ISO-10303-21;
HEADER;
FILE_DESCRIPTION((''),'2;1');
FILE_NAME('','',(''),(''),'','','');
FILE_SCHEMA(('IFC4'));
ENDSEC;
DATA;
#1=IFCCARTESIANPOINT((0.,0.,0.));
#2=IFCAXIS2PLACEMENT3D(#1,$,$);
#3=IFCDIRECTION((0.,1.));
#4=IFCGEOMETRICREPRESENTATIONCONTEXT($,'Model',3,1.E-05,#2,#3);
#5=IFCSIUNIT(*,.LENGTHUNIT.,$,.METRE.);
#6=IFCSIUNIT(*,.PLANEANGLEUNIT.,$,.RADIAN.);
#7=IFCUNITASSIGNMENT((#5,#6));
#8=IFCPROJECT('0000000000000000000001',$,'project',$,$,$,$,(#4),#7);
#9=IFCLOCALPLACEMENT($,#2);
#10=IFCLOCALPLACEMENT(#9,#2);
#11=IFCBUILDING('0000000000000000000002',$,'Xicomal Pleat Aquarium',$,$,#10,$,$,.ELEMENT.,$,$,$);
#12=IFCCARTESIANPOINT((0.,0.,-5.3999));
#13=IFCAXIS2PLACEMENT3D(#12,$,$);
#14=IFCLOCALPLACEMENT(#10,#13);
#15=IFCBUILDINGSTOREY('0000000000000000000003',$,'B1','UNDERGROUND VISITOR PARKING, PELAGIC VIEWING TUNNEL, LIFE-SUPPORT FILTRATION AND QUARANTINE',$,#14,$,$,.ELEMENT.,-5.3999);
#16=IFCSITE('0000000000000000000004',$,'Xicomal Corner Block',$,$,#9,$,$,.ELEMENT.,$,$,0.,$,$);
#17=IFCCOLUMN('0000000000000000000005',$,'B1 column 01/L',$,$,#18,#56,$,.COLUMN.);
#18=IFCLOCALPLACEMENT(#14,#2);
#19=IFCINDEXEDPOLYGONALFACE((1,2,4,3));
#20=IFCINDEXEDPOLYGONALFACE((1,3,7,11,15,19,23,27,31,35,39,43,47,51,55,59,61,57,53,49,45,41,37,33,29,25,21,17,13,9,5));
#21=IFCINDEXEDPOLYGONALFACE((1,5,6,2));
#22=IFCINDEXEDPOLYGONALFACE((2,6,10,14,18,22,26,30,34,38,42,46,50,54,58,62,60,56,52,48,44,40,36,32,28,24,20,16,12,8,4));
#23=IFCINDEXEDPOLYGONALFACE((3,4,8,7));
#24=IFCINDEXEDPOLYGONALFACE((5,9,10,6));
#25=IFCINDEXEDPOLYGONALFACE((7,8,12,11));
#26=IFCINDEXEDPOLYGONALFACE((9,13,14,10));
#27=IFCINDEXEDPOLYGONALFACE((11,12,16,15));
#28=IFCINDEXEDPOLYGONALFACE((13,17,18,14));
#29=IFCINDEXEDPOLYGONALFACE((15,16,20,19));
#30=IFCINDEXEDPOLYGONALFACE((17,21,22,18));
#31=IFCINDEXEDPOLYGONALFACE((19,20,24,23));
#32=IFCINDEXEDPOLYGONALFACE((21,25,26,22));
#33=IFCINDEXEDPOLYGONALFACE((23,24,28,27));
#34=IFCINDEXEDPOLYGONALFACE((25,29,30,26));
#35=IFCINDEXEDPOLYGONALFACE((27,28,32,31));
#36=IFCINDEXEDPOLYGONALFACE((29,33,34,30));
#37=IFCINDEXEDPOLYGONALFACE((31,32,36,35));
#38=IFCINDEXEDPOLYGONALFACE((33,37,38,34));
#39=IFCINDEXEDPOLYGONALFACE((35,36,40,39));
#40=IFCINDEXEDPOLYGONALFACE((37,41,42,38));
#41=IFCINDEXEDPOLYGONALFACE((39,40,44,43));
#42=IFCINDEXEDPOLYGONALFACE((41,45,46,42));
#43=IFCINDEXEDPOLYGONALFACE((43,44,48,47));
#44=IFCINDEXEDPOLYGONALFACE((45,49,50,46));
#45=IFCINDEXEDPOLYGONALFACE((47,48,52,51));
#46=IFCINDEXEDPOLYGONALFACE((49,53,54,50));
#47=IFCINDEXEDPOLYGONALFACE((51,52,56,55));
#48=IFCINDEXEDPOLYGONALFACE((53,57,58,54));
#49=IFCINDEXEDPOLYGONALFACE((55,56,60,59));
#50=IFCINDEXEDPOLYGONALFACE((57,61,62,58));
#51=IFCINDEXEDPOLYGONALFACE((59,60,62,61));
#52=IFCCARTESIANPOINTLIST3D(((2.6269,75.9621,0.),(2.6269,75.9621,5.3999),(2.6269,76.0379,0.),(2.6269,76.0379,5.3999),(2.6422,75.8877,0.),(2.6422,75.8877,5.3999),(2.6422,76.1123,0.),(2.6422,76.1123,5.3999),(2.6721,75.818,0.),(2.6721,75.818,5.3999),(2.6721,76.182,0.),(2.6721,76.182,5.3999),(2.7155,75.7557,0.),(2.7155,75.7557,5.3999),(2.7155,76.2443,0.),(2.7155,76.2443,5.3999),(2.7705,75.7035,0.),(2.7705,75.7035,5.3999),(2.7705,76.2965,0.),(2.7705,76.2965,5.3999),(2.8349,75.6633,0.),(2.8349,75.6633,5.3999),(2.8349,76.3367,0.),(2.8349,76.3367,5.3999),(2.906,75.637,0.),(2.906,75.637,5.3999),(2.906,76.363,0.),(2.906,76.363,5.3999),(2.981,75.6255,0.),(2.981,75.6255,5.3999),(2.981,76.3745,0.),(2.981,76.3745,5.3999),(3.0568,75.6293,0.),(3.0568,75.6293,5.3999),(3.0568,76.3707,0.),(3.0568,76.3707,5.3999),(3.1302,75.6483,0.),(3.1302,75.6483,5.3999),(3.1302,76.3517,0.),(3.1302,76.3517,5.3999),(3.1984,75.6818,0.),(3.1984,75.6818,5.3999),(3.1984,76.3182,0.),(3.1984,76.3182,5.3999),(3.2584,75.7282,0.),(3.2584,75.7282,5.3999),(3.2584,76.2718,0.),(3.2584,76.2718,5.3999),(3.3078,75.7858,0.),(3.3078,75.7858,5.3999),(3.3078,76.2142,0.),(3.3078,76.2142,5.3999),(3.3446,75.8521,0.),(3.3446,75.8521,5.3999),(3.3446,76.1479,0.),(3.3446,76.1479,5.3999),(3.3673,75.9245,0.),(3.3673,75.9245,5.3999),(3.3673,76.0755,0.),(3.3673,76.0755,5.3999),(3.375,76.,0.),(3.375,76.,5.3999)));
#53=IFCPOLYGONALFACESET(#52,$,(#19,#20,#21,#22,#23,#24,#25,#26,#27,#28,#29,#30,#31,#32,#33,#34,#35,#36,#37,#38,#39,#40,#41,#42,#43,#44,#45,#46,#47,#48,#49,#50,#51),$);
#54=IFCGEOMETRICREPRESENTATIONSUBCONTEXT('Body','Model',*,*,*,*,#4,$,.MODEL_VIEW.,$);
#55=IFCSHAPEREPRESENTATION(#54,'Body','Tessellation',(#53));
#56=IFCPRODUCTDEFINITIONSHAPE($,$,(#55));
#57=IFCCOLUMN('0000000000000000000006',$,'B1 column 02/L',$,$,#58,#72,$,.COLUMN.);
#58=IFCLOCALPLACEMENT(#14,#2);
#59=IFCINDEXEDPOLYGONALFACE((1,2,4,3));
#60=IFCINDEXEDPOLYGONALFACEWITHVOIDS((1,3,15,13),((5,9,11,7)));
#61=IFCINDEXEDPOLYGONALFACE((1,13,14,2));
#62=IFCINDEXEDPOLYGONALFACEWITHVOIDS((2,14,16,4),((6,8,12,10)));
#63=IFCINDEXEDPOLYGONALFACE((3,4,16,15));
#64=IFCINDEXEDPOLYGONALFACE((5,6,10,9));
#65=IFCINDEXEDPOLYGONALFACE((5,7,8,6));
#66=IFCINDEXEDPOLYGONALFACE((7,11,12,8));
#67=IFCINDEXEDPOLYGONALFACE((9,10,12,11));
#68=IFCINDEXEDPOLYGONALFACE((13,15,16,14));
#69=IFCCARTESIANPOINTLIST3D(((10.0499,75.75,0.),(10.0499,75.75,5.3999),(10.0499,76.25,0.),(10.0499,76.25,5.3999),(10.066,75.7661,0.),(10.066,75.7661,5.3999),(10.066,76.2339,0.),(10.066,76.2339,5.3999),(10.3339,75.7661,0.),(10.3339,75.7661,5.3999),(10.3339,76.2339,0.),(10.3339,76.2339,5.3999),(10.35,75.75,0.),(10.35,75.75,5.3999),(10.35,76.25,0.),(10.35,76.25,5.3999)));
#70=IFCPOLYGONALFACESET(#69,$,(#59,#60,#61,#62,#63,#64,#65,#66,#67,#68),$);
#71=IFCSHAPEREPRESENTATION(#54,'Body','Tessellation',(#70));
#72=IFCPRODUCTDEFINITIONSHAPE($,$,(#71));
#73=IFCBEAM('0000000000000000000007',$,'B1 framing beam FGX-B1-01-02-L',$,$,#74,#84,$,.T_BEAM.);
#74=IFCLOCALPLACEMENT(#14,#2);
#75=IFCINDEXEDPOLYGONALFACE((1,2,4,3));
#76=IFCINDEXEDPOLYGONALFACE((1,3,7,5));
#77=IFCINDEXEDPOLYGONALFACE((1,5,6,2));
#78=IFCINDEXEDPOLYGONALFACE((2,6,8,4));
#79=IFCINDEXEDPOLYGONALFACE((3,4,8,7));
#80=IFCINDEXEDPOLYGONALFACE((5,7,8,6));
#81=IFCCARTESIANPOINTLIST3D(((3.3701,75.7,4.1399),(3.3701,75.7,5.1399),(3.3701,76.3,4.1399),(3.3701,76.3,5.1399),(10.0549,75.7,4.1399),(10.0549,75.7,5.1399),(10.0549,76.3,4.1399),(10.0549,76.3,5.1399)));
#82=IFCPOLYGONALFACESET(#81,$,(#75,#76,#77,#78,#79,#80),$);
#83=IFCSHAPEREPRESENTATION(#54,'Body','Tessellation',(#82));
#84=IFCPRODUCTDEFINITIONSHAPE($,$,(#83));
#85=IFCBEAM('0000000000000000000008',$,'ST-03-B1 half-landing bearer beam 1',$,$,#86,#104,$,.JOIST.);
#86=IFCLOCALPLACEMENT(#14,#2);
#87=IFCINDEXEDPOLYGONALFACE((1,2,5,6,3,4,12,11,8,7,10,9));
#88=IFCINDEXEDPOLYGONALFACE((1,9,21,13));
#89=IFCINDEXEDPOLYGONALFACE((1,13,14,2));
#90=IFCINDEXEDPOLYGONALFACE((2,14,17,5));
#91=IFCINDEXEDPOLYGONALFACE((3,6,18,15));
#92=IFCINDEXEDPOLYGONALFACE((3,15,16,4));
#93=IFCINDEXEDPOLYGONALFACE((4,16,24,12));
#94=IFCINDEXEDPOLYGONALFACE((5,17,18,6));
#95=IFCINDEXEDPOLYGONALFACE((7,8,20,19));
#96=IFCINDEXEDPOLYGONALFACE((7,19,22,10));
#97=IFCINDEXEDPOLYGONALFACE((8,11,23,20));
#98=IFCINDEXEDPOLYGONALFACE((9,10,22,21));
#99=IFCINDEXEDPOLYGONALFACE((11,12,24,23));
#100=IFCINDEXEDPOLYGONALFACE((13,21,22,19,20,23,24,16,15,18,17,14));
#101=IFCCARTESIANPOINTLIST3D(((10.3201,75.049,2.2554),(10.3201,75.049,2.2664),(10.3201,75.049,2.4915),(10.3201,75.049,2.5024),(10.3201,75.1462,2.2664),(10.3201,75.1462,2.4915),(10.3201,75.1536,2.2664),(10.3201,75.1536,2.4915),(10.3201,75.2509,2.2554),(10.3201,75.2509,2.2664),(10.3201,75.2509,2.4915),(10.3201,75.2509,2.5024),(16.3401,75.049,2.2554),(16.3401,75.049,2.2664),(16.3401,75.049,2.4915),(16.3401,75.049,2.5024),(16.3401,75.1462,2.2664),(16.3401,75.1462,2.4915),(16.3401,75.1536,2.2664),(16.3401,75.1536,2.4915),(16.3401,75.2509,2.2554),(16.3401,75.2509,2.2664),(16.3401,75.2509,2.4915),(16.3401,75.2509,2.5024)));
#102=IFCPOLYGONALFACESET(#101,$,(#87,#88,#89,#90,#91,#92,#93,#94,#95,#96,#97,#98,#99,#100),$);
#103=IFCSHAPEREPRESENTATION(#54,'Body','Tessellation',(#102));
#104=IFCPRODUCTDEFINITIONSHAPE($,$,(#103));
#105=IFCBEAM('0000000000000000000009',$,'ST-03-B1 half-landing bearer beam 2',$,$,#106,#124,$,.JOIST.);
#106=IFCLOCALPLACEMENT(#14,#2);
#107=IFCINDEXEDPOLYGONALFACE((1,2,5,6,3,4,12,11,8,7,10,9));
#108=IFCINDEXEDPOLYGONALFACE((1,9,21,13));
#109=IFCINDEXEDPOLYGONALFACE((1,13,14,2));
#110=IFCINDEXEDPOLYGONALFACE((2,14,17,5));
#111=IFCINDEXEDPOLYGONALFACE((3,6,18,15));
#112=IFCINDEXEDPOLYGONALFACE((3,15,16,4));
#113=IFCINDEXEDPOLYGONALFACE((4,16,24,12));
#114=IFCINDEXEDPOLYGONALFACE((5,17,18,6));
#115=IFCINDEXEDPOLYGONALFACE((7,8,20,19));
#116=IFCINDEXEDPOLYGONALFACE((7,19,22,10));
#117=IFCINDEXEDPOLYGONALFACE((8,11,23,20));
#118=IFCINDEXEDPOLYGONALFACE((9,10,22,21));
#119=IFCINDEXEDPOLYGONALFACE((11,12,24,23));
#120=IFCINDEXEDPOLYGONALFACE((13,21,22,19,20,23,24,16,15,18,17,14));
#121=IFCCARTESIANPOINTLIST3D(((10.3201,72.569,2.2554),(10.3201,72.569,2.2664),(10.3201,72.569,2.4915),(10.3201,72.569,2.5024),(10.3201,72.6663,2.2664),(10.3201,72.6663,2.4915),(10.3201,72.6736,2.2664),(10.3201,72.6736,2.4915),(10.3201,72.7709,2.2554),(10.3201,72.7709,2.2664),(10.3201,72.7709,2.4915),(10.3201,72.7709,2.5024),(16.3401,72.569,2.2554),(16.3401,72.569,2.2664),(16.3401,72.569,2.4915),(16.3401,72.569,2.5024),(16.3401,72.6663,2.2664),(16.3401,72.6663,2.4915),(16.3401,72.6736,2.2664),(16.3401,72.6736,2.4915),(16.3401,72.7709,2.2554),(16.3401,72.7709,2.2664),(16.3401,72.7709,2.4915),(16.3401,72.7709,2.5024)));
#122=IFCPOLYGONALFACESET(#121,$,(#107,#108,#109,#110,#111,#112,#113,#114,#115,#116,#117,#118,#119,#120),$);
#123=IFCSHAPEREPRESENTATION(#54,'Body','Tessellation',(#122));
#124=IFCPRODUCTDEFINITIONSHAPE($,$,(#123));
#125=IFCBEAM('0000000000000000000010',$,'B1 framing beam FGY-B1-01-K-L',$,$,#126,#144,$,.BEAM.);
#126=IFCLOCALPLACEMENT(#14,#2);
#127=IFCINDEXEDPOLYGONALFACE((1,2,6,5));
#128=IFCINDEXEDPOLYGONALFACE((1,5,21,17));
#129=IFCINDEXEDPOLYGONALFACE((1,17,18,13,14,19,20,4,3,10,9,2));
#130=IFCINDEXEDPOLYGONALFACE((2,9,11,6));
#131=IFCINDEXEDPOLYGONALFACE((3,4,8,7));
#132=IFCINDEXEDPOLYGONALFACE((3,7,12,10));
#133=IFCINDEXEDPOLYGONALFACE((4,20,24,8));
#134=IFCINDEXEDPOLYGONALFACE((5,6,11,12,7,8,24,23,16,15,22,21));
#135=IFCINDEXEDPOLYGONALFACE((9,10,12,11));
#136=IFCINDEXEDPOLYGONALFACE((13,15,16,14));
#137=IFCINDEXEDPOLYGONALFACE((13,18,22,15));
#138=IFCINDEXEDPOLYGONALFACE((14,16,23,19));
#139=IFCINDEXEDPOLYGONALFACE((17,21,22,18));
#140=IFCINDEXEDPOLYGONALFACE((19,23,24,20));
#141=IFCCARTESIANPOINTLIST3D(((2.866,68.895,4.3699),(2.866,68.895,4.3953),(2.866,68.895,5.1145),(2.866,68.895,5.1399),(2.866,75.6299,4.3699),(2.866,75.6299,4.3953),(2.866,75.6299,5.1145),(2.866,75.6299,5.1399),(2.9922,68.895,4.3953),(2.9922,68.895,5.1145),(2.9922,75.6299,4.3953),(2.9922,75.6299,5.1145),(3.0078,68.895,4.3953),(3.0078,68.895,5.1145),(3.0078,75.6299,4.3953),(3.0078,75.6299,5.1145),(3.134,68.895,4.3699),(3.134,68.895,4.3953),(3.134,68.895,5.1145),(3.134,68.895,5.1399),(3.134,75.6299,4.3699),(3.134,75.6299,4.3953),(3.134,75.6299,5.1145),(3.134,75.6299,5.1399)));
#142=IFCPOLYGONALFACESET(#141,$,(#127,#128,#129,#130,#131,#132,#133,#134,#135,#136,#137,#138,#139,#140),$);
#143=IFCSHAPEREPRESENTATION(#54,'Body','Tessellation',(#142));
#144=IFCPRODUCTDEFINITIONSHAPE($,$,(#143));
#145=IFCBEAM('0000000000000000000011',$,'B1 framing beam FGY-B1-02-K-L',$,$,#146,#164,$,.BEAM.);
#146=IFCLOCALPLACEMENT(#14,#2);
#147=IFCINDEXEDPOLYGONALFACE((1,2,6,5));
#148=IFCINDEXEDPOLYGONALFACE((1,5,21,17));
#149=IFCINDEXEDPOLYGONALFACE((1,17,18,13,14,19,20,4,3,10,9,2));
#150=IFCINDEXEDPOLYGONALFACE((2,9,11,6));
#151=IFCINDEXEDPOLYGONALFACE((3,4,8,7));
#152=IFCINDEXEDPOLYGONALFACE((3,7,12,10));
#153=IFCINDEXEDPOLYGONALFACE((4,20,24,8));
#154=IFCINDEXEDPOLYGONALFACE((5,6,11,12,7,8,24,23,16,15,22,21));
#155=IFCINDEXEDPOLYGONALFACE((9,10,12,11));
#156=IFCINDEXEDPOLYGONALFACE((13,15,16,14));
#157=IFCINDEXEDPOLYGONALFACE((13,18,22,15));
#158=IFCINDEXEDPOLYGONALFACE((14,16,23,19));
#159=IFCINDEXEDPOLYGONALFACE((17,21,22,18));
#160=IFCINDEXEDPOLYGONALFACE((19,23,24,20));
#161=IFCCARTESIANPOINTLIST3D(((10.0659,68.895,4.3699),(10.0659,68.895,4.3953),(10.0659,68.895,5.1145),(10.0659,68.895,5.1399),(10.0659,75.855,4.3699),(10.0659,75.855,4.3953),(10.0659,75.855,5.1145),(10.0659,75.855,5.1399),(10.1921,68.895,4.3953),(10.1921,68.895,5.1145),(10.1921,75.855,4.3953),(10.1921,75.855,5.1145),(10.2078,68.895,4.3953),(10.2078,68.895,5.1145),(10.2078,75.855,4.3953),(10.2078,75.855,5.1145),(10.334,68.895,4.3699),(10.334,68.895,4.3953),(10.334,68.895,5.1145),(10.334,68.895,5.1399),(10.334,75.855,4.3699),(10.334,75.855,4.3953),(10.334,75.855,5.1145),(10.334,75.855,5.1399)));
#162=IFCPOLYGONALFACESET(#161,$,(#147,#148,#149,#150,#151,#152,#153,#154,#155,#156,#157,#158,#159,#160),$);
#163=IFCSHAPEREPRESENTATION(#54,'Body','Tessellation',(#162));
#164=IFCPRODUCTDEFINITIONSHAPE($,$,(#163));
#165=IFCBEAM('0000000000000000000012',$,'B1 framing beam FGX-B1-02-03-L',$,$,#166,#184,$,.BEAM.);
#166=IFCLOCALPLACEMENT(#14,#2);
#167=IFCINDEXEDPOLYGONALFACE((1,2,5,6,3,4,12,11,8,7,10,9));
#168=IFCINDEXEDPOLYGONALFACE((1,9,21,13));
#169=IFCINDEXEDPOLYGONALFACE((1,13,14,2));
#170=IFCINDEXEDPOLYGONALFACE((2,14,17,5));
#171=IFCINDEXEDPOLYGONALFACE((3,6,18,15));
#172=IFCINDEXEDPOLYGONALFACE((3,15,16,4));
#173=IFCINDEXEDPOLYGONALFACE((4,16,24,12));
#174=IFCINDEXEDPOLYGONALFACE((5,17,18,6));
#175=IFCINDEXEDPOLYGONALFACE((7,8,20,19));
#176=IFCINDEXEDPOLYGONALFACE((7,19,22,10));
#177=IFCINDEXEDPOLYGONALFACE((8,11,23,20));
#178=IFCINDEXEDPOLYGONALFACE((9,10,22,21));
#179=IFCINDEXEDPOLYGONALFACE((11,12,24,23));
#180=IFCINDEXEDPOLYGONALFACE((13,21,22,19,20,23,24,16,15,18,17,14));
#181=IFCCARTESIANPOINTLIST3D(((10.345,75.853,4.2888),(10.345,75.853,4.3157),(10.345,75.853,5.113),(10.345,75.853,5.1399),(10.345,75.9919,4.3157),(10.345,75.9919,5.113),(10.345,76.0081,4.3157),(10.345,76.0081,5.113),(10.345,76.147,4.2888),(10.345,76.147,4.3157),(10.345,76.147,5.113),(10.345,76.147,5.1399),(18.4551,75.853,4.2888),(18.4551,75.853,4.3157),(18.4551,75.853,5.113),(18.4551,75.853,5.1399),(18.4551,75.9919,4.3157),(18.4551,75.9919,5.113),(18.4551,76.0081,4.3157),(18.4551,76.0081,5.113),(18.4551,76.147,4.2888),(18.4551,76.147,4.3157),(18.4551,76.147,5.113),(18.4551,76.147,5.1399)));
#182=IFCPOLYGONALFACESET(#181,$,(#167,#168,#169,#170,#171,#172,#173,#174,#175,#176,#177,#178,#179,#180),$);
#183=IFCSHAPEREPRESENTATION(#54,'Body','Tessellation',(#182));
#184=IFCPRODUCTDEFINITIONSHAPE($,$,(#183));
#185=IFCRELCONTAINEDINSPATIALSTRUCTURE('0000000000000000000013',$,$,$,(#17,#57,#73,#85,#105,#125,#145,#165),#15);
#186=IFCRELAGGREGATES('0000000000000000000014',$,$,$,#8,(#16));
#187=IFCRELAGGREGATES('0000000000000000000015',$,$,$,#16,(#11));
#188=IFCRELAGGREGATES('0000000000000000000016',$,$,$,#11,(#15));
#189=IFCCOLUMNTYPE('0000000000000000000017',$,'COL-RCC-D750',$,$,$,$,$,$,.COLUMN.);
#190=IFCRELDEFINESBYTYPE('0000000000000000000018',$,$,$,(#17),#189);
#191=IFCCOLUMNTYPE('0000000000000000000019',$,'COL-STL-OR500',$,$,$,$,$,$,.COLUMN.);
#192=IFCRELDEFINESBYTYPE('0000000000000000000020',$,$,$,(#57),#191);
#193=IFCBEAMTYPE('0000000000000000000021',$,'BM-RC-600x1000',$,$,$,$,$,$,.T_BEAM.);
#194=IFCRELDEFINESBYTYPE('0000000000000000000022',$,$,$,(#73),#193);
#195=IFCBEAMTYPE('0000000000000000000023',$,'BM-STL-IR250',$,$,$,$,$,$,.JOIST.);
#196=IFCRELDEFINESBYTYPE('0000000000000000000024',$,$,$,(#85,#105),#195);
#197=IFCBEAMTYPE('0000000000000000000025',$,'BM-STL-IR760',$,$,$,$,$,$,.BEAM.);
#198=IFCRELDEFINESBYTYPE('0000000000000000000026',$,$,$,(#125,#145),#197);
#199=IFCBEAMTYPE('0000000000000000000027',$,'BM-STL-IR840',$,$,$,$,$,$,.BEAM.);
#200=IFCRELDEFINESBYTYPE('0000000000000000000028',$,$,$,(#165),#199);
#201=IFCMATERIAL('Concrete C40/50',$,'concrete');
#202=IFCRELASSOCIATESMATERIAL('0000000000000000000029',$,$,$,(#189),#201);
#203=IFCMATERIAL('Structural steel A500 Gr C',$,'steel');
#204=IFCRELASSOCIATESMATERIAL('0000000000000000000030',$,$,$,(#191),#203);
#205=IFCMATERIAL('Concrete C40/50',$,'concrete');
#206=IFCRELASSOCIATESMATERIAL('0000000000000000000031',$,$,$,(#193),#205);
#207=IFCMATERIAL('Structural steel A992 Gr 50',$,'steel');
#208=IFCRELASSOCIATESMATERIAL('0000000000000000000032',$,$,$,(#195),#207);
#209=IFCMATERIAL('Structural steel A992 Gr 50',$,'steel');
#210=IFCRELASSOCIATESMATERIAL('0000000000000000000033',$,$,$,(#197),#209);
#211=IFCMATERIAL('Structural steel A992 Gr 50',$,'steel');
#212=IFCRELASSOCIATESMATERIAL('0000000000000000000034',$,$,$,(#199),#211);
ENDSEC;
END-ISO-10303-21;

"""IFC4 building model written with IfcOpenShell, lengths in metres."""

from ifc_helpers import new_model, si_unit, direction, frame, origin, origin_2d, place, context, subcontext, project, spatial, rectangle, hollow_rectangle, circle, i_section, extrude, material, material_profile, profile_set, type_object, element, save


model = new_model("IFC4")

# Units and contexts
model_context = context("Model", 3, precision=1e-05, world=origin(), true_north=direction((0.0, 1.0)))
body_context = subcontext(model_context, "Body", "Model", "MODEL_VIEW")
ifc_project = project(units=[si_unit("LENGTHUNIT", "METRE"), si_unit("PLANEANGLEUNIT", "RADIAN")], contexts=[model_context])

# Site, building, storey
site_placement = place(None, origin())
site = spatial("IfcSite", under=ifc_project, at=site_placement, Name="Xicomal Corner Block", CompositionType="ELEMENT", RefElevation=0.0)
building_placement = place(site_placement, origin())
building = spatial("IfcBuilding", under=site, at=building_placement, Name="Xicomal Pleat Aquarium", CompositionType="ELEMENT")
storey_placement = place(building_placement, frame((0.0, 0.0, -5.3999)))
storey = spatial("IfcBuildingStorey", under=building, at=storey_placement, Name="B1", Description="UNDERGROUND VISITOR PARKING, PELAGIC VIEWING TUNNEL, LIFE-SUPPORT FILTRATION AND QUARANTINE", CompositionType="ELEMENT", Elevation=-5.3999)

# Columns
ifc_material_1 = material(Name="Concrete C40/50", Category="concrete")
ifc_material_profile_1 = material_profile(ifc_material_1, circle(Radius=0.375, at=origin_2d()), Name="RCC D750")
ifc_profile_set_1 = profile_set([ifc_material_profile_1], Name="Concrete C40/50")
column_type_1 = type_object("IfcColumnType", Name="COL-RCC-D750", PredefinedType="COLUMN", material=ifc_profile_set_1)
column_1_placement = place(storey_placement, frame((3.0, 76.0, 0.0), z_axis=(0.0, 0.0, 1.0), x_axis=(1.0, 0.0, 0.0)))
element("IfcColumn", 1, at=column_1_placement, inside=storey, type_object=column_type_1, Name="B1 column 01/L", PredefinedType="COLUMN", context=body_context, shape_type="SweptSolid", body=[
    extrude(circle(Radius=0.375, at=origin_2d()), origin(), (0.0, 0.0, 1.0), 5.3999),
])
ifc_material_2 = material(Name="Structural steel A500 Gr C", Category="steel")
ifc_material_profile_2 = material_profile(ifc_material_2, hollow_rectangle(XDim=0.3, YDim=0.5, WallThickness=0.0161, at=origin_2d()), Name="OR 500x300x16")
ifc_profile_set_2 = profile_set([ifc_material_profile_2], Name="Structural steel A500 Gr C")
column_type_2 = type_object("IfcColumnType", Name="COL-STL-OR500", PredefinedType="COLUMN", material=ifc_profile_set_2)
column_2_placement = place(storey_placement, frame((10.2, 76.0, 0.0), z_axis=(0.0, 0.0, 1.0), x_axis=(1.0, 0.0, 0.0)))
element("IfcColumn", 2, at=column_2_placement, inside=storey, type_object=column_type_2, Name="B1 column 02/L", PredefinedType="COLUMN", context=body_context, shape_type="SweptSolid", body=[
    extrude(hollow_rectangle(XDim=0.3, YDim=0.5, WallThickness=0.0161, at=origin_2d()), origin(), (0.0, 0.0, 1.0), 5.3999),
])

# Beams
ifc_material_3 = material(Name="Concrete C40/50", Category="concrete")
ifc_material_profile_3 = material_profile(ifc_material_3, rectangle(XDim=0.6001, YDim=1.0, at=origin_2d()), Name="RC 600x1000")
ifc_profile_set_3 = profile_set([ifc_material_profile_3], Name="Concrete C40/50")
beam_type_1 = type_object("IfcBeamType", Name="BM-RC-600x1000", PredefinedType="T_BEAM", material=ifc_profile_set_3)
beam_1_placement = place(storey_placement, frame((3.3701, 76.0, 4.6399), z_axis=(1.0, 0.0, 0.0), x_axis=(0.0, 1.0, 0.0)))
element("IfcBeam", 3, at=beam_1_placement, inside=storey, type_object=beam_type_1, Name="B1 framing beam FGX-B1-01-02-L", PredefinedType="T_BEAM", context=body_context, shape_type="SweptSolid", body=[
    extrude(rectangle(XDim=0.6001, YDim=1.0, at=origin_2d()), origin(), (0.0, 0.0, 1.0), 6.6848),
])
ifc_material_4 = material(Name="Structural steel A992 Gr 50", Category="steel")
ifc_material_profile_4 = material_profile(ifc_material_4, i_section(OverallWidth=0.2019, OverallDepth=0.2471, WebThickness=0.0073, FlangeThickness=0.011, at=origin_2d()), Name="IR 250x49")
ifc_profile_set_4 = profile_set([ifc_material_profile_4], Name="Structural steel A992 Gr 50")
beam_type_2 = type_object("IfcBeamType", Name="BM-STL-IR250", PredefinedType="JOIST", material=ifc_profile_set_4)
for number, where, z_axis, x_axis, name in (
    (4, (10.3201, 75.1499, 2.3789), (1.0, 0.0, 0.0), (0.0, 1.0, 0.0), "ST-03-B1 half-landing bearer beam 1"),
    (5, (10.3201, 72.6699, 2.3789), (1.0, 0.0, 0.0), (0.0, 1.0, 0.0), "ST-03-B1 half-landing bearer beam 2"),
):
    element("IfcBeam", number, at=place(storey_placement, frame(where, z_axis=z_axis, x_axis=x_axis)), inside=storey, type_object=beam_type_2, Name=name, PredefinedType="JOIST", context=body_context, shape_type="SweptSolid", body=[
        extrude(i_section(OverallWidth=0.2019, OverallDepth=0.2471, WebThickness=0.0073, FlangeThickness=0.011, at=origin_2d()), origin(), (0.0, 0.0, 1.0), 6.02),
    ])
ifc_material_5 = material(Name="Structural steel A992 Gr 50", Category="steel")
ifc_material_profile_5 = material_profile(ifc_material_5, i_section(OverallWidth=0.2681, OverallDepth=0.77, WebThickness=0.0156, FlangeThickness=0.0254, at=origin_2d()), Name="IR 760x196")
ifc_profile_set_5 = profile_set([ifc_material_profile_5], Name="Structural steel A992 Gr 50")
beam_type_3 = type_object("IfcBeamType", Name="BM-STL-IR760", PredefinedType="BEAM", material=ifc_profile_set_5)
beam_2_placement = place(storey_placement, frame((3.0, 68.895, 4.7549), z_axis=(0.0, 1.0, 0.0), x_axis=(-1.0, 0.0, 0.0)))
element("IfcBeam", 6, at=beam_2_placement, inside=storey, type_object=beam_type_3, Name="B1 framing beam FGY-B1-01-K-L", PredefinedType="BEAM", context=body_context, shape_type="SweptSolid", body=[
    extrude(i_section(OverallWidth=0.2681, OverallDepth=0.77, WebThickness=0.0156, FlangeThickness=0.0254, at=origin_2d()), origin(), (0.0, 0.0, 1.0), 6.7349),
])
beam_3_placement = place(storey_placement, frame((10.2, 68.895, 4.7549), z_axis=(0.0, 1.0, 0.0), x_axis=(-1.0, 0.0, 0.0)))
element("IfcBeam", 7, at=beam_3_placement, inside=storey, type_object=beam_type_3, Name="B1 framing beam FGY-B1-02-K-L", PredefinedType="BEAM", context=body_context, shape_type="SweptSolid", body=[
    extrude(i_section(OverallWidth=0.2681, OverallDepth=0.77, WebThickness=0.0156, FlangeThickness=0.0254, at=origin_2d()), origin(), (0.0, 0.0, 1.0), 6.96),
])
ifc_material_6 = material(Name="Structural steel A992 Gr 50", Category="steel")
ifc_material_profile_6 = material_profile(ifc_material_6, i_section(OverallWidth=0.2939, OverallDepth=0.8511, WebThickness=0.0161, FlangeThickness=0.0269, at=origin_2d()), Name="IR 840x226")
ifc_profile_set_6 = profile_set([ifc_material_profile_6], Name="Structural steel A992 Gr 50")
beam_type_4 = type_object("IfcBeamType", Name="BM-STL-IR840", PredefinedType="BEAM", material=ifc_profile_set_6)
beam_4_placement = place(storey_placement, frame((10.345, 76.0, 4.7144), z_axis=(1.0, 0.0, 0.0), x_axis=(0.0, 1.0, 0.0)))
element("IfcBeam", 8, at=beam_4_placement, inside=storey, type_object=beam_type_4, Name="B1 framing beam FGX-B1-02-03-L", PredefinedType="BEAM", context=body_context, shape_type="SweptSolid", body=[
    extrude(i_section(OverallWidth=0.2939, OverallDepth=0.8511, WebThickness=0.0161, FlangeThickness=0.0269, at=origin_2d()), origin(), (0.0, 0.0, 1.0), 8.1101),
])

save(model, "model.ifc")
